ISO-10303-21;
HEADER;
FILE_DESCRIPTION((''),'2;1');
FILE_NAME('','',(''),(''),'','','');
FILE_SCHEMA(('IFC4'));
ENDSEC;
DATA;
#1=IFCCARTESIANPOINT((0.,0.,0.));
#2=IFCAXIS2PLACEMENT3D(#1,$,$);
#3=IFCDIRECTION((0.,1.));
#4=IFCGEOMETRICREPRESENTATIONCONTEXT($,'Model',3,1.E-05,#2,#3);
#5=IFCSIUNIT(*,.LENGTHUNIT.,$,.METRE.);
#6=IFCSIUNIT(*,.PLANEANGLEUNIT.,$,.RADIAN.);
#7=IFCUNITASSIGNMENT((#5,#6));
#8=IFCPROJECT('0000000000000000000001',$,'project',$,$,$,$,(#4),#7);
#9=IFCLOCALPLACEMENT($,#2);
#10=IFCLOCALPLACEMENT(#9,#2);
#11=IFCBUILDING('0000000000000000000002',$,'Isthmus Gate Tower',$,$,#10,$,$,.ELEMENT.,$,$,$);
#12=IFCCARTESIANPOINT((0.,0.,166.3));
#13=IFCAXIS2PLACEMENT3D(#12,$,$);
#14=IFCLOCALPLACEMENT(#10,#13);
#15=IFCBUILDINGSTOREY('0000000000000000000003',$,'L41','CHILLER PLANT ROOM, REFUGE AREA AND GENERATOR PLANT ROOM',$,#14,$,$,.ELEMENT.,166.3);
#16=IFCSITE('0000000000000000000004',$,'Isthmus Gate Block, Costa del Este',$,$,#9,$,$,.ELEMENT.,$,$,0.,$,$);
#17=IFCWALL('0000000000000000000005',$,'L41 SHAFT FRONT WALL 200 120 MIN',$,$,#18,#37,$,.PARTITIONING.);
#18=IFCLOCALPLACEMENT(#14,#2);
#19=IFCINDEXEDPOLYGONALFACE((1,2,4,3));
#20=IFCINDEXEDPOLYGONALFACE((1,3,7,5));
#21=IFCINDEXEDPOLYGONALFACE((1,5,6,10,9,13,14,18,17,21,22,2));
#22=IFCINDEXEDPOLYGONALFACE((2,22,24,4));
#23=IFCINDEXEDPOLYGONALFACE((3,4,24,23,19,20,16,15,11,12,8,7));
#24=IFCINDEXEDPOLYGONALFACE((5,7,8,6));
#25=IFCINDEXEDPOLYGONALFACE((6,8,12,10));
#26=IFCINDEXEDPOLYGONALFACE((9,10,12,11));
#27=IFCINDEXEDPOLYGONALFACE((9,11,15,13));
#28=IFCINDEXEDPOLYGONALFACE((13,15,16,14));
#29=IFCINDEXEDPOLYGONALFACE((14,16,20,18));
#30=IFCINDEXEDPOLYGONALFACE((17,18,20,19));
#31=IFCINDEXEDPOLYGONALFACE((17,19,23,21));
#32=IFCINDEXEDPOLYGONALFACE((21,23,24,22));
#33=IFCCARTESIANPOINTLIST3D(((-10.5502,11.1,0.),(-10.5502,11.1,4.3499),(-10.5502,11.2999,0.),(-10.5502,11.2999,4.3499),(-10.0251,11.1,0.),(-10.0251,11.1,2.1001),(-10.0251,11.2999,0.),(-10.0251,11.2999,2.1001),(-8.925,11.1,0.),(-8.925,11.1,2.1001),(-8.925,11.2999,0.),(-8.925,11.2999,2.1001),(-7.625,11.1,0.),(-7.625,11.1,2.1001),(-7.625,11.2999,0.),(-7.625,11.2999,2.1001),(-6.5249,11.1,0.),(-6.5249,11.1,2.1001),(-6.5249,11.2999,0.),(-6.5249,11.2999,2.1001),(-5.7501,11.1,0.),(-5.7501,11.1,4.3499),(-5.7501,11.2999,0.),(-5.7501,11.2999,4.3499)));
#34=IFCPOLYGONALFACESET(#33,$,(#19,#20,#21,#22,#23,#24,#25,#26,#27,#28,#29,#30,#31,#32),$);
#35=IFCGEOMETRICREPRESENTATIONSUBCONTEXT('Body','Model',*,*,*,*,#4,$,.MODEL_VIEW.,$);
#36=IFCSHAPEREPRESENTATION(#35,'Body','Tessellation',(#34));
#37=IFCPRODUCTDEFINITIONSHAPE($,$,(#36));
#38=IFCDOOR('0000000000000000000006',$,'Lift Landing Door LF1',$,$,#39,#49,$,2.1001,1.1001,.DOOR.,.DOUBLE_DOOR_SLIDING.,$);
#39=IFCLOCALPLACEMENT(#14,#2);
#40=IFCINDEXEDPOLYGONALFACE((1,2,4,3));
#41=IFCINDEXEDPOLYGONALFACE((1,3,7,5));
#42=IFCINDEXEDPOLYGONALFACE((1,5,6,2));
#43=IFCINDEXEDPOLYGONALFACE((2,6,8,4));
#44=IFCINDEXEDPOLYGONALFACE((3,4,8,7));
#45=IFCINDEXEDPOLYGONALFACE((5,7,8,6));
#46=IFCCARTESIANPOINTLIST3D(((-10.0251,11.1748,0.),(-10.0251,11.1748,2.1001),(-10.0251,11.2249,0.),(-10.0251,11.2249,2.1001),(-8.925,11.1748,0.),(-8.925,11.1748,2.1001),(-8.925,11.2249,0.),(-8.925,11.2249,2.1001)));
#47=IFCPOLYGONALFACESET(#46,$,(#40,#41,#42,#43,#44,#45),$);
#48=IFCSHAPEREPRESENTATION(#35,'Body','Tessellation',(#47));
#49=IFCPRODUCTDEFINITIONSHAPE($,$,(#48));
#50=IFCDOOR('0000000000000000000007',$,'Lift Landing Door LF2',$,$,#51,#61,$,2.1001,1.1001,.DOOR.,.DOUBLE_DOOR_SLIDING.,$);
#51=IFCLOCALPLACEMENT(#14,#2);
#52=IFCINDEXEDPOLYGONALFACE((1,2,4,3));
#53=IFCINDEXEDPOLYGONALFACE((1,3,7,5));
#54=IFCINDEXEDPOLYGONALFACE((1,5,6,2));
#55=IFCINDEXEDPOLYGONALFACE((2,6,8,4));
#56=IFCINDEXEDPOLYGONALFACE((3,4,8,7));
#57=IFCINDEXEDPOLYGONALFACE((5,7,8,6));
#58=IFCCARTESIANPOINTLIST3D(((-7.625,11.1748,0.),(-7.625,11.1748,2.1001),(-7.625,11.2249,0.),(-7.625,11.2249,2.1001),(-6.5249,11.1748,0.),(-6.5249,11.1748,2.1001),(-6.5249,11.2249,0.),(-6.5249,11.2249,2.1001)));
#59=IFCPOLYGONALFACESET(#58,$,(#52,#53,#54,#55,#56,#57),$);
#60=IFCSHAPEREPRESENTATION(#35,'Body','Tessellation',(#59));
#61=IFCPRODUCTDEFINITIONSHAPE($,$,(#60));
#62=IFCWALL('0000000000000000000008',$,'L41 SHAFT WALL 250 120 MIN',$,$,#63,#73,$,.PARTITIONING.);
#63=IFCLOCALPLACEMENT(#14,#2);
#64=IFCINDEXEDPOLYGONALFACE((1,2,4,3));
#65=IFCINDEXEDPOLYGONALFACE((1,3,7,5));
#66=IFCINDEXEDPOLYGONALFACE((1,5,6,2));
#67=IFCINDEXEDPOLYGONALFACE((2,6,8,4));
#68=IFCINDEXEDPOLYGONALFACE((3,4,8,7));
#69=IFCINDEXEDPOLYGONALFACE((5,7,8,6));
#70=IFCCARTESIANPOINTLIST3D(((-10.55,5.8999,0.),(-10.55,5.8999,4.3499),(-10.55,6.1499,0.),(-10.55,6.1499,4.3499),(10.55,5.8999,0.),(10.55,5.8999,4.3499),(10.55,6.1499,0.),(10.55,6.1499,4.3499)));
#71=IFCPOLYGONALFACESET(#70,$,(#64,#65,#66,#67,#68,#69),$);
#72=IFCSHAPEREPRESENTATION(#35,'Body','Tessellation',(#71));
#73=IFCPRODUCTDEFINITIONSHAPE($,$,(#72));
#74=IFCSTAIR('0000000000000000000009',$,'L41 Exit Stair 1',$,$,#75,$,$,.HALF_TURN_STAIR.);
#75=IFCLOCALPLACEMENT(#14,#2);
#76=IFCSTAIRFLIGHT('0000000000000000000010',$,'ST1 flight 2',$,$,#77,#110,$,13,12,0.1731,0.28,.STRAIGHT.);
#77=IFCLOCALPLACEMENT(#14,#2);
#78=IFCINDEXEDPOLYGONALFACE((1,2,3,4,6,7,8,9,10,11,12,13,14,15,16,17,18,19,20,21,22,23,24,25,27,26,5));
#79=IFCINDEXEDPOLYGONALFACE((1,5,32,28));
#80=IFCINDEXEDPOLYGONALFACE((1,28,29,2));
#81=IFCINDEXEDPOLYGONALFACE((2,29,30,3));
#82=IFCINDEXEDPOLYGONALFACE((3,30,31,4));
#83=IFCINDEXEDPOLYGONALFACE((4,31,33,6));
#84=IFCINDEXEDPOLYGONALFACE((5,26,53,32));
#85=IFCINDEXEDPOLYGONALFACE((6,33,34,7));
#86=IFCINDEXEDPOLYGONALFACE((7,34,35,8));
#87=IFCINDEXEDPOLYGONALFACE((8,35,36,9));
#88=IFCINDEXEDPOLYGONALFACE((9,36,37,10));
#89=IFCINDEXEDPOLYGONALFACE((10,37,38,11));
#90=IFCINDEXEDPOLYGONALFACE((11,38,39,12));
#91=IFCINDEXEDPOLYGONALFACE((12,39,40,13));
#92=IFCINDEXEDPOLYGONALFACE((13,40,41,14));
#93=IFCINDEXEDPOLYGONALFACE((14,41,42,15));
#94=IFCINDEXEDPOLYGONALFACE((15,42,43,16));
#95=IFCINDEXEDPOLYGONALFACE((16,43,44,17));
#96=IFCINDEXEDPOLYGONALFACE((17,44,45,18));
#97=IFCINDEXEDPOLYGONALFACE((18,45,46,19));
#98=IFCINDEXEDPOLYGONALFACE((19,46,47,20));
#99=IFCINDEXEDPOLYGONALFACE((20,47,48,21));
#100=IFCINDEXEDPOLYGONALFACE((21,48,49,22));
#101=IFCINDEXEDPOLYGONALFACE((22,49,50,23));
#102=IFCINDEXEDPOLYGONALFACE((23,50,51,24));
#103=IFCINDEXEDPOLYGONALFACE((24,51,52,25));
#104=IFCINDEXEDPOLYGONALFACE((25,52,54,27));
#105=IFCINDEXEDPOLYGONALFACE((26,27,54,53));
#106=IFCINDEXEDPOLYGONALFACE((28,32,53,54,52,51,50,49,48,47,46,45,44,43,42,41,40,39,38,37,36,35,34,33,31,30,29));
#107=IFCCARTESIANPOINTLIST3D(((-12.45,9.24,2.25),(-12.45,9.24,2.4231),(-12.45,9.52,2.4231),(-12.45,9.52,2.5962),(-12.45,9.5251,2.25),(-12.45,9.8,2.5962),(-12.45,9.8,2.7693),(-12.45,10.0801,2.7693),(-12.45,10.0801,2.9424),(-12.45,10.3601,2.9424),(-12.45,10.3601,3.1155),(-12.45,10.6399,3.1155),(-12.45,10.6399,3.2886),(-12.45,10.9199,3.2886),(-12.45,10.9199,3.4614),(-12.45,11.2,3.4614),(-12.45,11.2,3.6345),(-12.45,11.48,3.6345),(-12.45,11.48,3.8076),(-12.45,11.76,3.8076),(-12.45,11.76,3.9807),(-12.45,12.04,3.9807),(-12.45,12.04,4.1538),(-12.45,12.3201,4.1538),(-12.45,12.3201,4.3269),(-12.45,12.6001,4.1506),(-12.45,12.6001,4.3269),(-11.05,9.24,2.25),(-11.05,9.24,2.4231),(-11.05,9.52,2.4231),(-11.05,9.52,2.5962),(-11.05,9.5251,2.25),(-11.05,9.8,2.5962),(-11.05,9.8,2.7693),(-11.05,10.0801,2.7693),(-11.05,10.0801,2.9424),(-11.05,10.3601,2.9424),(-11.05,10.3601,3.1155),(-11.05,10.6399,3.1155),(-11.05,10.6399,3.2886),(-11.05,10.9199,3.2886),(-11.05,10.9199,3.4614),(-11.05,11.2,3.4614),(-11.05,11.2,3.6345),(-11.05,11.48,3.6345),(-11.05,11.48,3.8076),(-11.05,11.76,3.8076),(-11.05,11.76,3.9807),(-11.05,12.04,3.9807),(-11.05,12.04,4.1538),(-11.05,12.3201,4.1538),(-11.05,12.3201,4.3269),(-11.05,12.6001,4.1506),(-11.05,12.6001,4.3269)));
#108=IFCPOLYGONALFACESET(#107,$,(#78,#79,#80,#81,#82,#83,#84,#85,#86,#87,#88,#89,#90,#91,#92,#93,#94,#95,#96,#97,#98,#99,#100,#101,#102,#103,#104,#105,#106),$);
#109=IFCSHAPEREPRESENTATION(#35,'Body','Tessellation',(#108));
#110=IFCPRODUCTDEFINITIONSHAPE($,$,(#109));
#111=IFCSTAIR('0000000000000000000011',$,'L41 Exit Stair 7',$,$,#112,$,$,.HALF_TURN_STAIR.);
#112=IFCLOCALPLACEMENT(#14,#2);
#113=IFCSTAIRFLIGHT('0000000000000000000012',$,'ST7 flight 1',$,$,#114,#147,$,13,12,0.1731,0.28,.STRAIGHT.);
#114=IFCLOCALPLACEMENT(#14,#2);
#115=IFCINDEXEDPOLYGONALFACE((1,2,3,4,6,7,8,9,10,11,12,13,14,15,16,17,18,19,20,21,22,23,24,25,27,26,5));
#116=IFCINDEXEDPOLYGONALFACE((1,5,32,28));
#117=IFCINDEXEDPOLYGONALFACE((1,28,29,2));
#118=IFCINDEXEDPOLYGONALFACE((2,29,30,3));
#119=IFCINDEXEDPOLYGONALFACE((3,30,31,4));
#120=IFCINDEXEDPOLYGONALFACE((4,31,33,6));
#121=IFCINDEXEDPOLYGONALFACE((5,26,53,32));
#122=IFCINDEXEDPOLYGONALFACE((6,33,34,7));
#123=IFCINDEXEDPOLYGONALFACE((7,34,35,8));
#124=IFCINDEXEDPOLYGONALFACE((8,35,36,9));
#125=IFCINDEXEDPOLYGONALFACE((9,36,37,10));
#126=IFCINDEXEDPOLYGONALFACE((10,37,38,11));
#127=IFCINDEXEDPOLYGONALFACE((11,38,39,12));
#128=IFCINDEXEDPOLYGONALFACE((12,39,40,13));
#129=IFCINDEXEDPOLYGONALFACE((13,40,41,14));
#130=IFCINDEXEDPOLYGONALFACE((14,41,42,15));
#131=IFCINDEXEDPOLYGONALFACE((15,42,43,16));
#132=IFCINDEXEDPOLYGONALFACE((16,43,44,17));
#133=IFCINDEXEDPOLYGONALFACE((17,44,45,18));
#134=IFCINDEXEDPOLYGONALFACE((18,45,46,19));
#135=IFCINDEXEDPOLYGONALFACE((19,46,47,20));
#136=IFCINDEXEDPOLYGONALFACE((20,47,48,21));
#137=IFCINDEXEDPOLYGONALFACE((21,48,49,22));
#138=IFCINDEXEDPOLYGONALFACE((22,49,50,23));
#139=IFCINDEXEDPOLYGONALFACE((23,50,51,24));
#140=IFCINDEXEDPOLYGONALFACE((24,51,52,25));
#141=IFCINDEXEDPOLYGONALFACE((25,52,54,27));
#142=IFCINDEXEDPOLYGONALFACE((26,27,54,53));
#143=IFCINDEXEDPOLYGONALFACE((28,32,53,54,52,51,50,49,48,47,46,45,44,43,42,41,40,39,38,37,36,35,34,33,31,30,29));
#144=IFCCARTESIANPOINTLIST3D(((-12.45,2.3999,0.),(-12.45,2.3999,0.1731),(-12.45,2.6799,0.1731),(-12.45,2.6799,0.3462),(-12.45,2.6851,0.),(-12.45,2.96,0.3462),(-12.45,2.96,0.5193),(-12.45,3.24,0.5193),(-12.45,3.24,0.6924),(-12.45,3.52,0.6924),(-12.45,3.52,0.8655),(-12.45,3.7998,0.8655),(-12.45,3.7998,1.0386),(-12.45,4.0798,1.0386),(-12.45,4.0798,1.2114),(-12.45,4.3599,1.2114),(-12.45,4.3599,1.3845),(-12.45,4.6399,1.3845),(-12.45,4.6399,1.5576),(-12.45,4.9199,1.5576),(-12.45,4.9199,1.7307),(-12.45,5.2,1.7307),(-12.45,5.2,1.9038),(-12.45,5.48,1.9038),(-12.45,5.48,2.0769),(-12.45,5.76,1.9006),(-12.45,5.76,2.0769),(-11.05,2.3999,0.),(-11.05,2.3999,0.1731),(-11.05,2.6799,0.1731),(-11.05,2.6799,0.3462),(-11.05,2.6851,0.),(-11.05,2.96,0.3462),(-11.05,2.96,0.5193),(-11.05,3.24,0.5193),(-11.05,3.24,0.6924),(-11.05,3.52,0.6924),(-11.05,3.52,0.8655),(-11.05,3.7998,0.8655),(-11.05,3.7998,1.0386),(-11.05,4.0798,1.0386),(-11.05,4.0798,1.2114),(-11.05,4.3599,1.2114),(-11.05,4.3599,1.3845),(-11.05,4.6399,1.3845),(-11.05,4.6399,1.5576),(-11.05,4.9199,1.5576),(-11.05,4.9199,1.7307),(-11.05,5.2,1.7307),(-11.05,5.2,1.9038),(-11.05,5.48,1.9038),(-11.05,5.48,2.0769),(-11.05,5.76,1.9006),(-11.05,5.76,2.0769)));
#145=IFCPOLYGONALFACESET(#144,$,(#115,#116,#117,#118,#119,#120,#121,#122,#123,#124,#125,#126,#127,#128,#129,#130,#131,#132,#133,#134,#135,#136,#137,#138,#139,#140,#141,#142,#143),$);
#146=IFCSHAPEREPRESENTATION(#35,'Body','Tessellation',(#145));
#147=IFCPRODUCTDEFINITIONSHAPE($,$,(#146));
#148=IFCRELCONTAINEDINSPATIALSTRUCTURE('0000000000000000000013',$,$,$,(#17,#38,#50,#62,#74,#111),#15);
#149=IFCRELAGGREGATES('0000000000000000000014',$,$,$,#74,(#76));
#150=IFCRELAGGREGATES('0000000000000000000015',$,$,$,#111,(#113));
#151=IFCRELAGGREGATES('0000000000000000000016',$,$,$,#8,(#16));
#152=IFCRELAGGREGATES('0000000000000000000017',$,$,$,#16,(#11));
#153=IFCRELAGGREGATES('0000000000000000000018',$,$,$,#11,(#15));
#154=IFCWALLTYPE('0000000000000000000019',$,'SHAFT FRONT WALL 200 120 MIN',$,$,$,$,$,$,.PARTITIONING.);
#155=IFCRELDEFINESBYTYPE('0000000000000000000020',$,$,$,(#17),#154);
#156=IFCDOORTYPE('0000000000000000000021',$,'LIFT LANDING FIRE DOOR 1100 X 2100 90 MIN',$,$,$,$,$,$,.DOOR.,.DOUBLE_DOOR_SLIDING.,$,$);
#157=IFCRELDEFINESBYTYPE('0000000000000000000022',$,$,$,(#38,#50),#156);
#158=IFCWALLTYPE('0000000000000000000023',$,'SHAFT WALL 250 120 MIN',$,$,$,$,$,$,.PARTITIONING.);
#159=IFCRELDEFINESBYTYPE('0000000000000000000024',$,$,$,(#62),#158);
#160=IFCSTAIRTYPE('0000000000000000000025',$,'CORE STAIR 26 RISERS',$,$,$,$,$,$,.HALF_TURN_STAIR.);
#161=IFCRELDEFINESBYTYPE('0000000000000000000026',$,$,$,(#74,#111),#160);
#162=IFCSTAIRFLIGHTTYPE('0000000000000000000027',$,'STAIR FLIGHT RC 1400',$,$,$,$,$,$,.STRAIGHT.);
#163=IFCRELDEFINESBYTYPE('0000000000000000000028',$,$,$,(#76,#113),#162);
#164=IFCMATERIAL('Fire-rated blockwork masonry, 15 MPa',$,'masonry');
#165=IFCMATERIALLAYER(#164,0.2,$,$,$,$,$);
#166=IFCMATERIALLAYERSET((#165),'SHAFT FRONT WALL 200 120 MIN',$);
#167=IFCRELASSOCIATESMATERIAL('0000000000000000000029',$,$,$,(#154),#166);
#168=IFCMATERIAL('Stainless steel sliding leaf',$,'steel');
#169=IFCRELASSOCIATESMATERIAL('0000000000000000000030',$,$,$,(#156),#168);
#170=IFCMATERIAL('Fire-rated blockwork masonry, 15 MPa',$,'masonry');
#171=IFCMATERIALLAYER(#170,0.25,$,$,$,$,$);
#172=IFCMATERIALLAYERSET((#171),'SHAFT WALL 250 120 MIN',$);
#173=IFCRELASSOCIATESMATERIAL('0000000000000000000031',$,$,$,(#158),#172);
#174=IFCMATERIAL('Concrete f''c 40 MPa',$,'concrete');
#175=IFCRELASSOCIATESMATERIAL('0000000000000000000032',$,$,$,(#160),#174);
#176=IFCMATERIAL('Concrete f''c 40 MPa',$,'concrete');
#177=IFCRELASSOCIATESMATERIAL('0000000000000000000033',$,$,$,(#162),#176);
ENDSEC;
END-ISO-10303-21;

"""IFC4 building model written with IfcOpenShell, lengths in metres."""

from ifc_helpers import new_model, si_unit, direction, frame, frame_2d, origin, place, context, subcontext, project, spatial, polyline, rectangle, outline, extrude, material, layer, layer_set, type_object, element, fill, aggregate, save


model = new_model("IFC4")

# Units and contexts
model_context = context("Model", 3, precision=1e-05, world=origin(), true_north=direction((0.0, 1.0)))
body_context = subcontext(model_context, "Body", "Model", "MODEL_VIEW")
ifc_project = project(units=[si_unit("LENGTHUNIT", "METRE"), si_unit("PLANEANGLEUNIT", "RADIAN")], contexts=[model_context])

# Site, building, storey
site_placement = place(None, origin())
site = spatial("IfcSite", under=ifc_project, at=site_placement, Name="Isthmus Gate Block, Costa del Este", CompositionType="ELEMENT", RefElevation=0.0)
building_placement = place(site_placement, origin())
building = spatial("IfcBuilding", under=site, at=building_placement, Name="Isthmus Gate Tower", CompositionType="ELEMENT")
storey_placement = place(building_placement, frame((0.0, 0.0, 166.3)))
storey = spatial("IfcBuildingStorey", under=building, at=storey_placement, Name="L41", Description="CHILLER PLANT ROOM, REFUGE AREA AND GENERATOR PLANT ROOM", CompositionType="ELEMENT", Elevation=166.3)

# Shared definitions
ifc_material_1 = material(Name="Fire-rated blockwork masonry, 15 MPa", Category="masonry")
ifc_layer_1 = layer(ifc_material_1, 0.2)
ifc_layer_set_1 = layer_set([ifc_layer_1], Name="SHAFT FRONT WALL 200 120 MIN")
wall_type_1 = type_object("IfcWallType", Name="SHAFT FRONT WALL 200 120 MIN", PredefinedType="PARTITIONING", material=ifc_layer_set_1)

# Wall, openings, doors
wall_1_placement = place(storey_placement, frame((-10.55, 11.2, 0.0), z_axis=(0.0, 0.0, 1.0), x_axis=(1.0, 0.0, 0.0)))
wall_1 = element("IfcWall", 1, at=wall_1_placement, inside=storey, type_object=wall_type_1, Name="L41 SHAFT FRONT WALL 200 120 MIN", PredefinedType="PARTITIONING", context=body_context, shape_type="SweptSolid", body=[
    extrude(rectangle(XDim=4.8, YDim=0.2, at=frame_2d((2.3999, 0.0))), origin(), (0.0, 0.0, 1.0), 4.3499),
])
opening_1_placement = place(wall_1_placement, frame((0.5249, 0.0, 0.0)))
opening_1 = element("IfcOpeningElement", 2, at=opening_1_placement, cuts=wall_1, PredefinedType="OPENING", context=body_context, shape_type="SweptSolid", body=[
    extrude(rectangle(XDim=1.1001, YDim=2.1001, at=frame_2d((0.55, 1.05))), frame((0.0, 0.1099, 0.0), z_axis=(0.0, -1.0, 0.0), x_axis=(1.0, 0.0, 0.0)), (0.0, 0.0, 1.0), 0.22),
])
opening_2_placement = place(wall_1_placement, frame((2.925, 0.0, 0.0)))
opening_2 = element("IfcOpeningElement", 3, at=opening_2_placement, cuts=wall_1, PredefinedType="OPENING", context=body_context, shape_type="SweptSolid", body=[
    extrude(rectangle(XDim=1.1001, YDim=2.1001, at=frame_2d((0.55, 1.05))), frame((0.0, 0.1099, 0.0), z_axis=(0.0, -1.0, 0.0), x_axis=(1.0, 0.0, 0.0)), (0.0, 0.0, 1.0), 0.22),
])
ifc_material_2 = material(Name="Stainless steel sliding leaf", Category="steel")
door_type_1 = type_object("IfcDoorType", Name="LIFT LANDING FIRE DOOR 1100 X 2100 90 MIN", OperationType="DOUBLE_DOOR_SLIDING", PredefinedType="DOOR", material=ifc_material_2)
door_1_placement = place(opening_1_placement, origin())
door_1 = element("IfcDoor", 4, at=door_1_placement, inside=storey, type_object=door_type_1, Name="Lift Landing Door LF1", OperationType="DOUBLE_DOOR_SLIDING", OverallHeight=2.1001, OverallWidth=1.1001, PredefinedType="DOOR", context=body_context, shape_type="SweptSolid", body=[
    extrude(rectangle(XDim=1.1001, YDim=2.1001, at=frame_2d((0.55, 1.05))), frame((0.0, 0.0249, 0.0), z_axis=(0.0, -1.0, 0.0), x_axis=(1.0, 0.0, 0.0)), (0.0, 0.0, 1.0), 0.05),
])
fill(opening_1, door_1)
door_2_placement = place(opening_2_placement, origin())
door_2 = element("IfcDoor", 5, at=door_2_placement, inside=storey, type_object=door_type_1, Name="Lift Landing Door LF2", OperationType="DOUBLE_DOOR_SLIDING", OverallHeight=2.1001, OverallWidth=1.1001, PredefinedType="DOOR", context=body_context, shape_type="SweptSolid", body=[
    extrude(rectangle(XDim=1.1001, YDim=2.1001, at=frame_2d((0.55, 1.05))), frame((0.0, 0.0249, 0.0), z_axis=(0.0, -1.0, 0.0), x_axis=(1.0, 0.0, 0.0)), (0.0, 0.0, 1.0), 0.05),
])
fill(opening_2, door_2)

# Wall
ifc_material_3 = material(Name="Fire-rated blockwork masonry, 15 MPa", Category="masonry")
ifc_layer_2 = layer(ifc_material_3, 0.25)
ifc_layer_set_2 = layer_set([ifc_layer_2], Name="SHAFT WALL 250 120 MIN")
wall_type_2 = type_object("IfcWallType", Name="SHAFT WALL 250 120 MIN", PredefinedType="PARTITIONING", material=ifc_layer_set_2)
wall_2_placement = place(storey_placement, frame((-10.55, 6.0249, 0.0), z_axis=(0.0, 0.0, 1.0), x_axis=(1.0, 0.0, 0.0)))
element("IfcWall", 6, at=wall_2_placement, inside=storey, type_object=wall_type_2, Name="L41 SHAFT WALL 250 120 MIN", PredefinedType="PARTITIONING", context=body_context, shape_type="SweptSolid", body=[
    extrude(rectangle(XDim=21.1001, YDim=0.25, at=frame_2d((10.55, 0.0))), origin(), (0.0, 0.0, 1.0), 4.3499),
])

# Stairs, stair flights
ifc_material_4 = material(Name="Concrete f'c 40 MPa", Category="concrete")
stair_type = type_object("IfcStairType", Name="CORE STAIR 26 RISERS", PredefinedType="HALF_TURN_STAIR", material=ifc_material_4)
stair_1_placement = place(storey_placement, origin())
stair_1 = element("IfcStair", 7, at=stair_1_placement, inside=storey, type_object=stair_type, Name="L41 Exit Stair 1", PredefinedType="HALF_TURN_STAIR")
ifc_material_5 = material(Name="Concrete f'c 40 MPa", Category="concrete")
stair_flight_type = type_object("IfcStairFlightType", Name="STAIR FLIGHT RC 1400", PredefinedType="STRAIGHT", material=ifc_material_5)
stair_flight_1_placement = place(storey_placement, frame((-11.75, 9.24, 2.25), z_axis=(0.0, 0.0, 1.0), x_axis=(0.0, 1.0, 0.0)))
stair_flight_1 = element("IfcStairFlight", 8, at=stair_flight_1_placement, type_object=stair_flight_type, Name="ST1 flight 2", NumberOfRisers=13, NumberOfTreads=12, PredefinedType="STRAIGHT", RiserHeight=0.1731, TreadLength=0.28, context=body_context, shape_type="SweptSolid", body=[
    extrude(outline(polyline([(0.0, 0.0), (0.0, 0.1731), (0.28, 0.1731), (0.28, 0.3462), (0.5601, 0.3462), (0.5601, 0.5193), (0.8401, 0.5193), (0.8401, 0.6924), (1.1201, 0.6924), (1.1201, 0.8655), (1.3999, 0.8655), (1.3999, 1.0386), (1.6799, 1.0386), (1.6799, 1.2114), (1.96, 1.2114), (1.96, 1.3845), (2.24, 1.3845), (2.24, 1.5576), (2.52, 1.5576), (2.52, 1.7307), (2.8, 1.7307), (2.8, 1.9038), (3.0801, 1.9038), (3.0801, 2.0769), (3.3601, 2.0769), (3.3601, 2.25), (3.3601, 1.9006), (0.2852, 0.0), (0.0, 0.0)])), frame((0.0, 0.7, 0.0), z_axis=(0.0, -1.0, 0.0), x_axis=(1.0, 0.0, 0.0)), (0.0, 0.0, 1.0), 1.3999),
])
aggregate(stair_1, [stair_flight_1])
stair_2_placement = place(storey_placement, origin())
stair_2 = element("IfcStair", 9, at=stair_2_placement, inside=storey, type_object=stair_type, Name="L41 Exit Stair 7", PredefinedType="HALF_TURN_STAIR")
stair_flight_2_placement = place(storey_placement, frame((-11.75, 2.3999, 0.0), z_axis=(0.0, 0.0, 1.0), x_axis=(0.0, 1.0, 0.0)))
stair_flight_2 = element("IfcStairFlight", 10, at=stair_flight_2_placement, type_object=stair_flight_type, Name="ST7 flight 1", NumberOfRisers=13, NumberOfTreads=12, PredefinedType="STRAIGHT", RiserHeight=0.1731, TreadLength=0.28, context=body_context, shape_type="SweptSolid", body=[
    extrude(outline(polyline([(0.0, 0.0), (0.0, 0.1731), (0.28, 0.1731), (0.28, 0.3462), (0.5601, 0.3462), (0.5601, 0.5193), (0.8401, 0.5193), (0.8401, 0.6924), (1.1201, 0.6924), (1.1201, 0.8655), (1.3999, 0.8655), (1.3999, 1.0386), (1.6799, 1.0386), (1.6799, 1.2114), (1.96, 1.2114), (1.96, 1.3845), (2.24, 1.3845), (2.24, 1.5576), (2.52, 1.5576), (2.52, 1.7307), (2.8, 1.7307), (2.8, 1.9038), (3.0801, 1.9038), (3.0801, 2.0769), (3.3601, 2.0769), (3.3601, 2.25), (3.3601, 1.9006), (0.2852, 0.0), (0.0, 0.0)])), frame((0.0, 0.7, 0.0), z_axis=(0.0, -1.0, 0.0), x_axis=(1.0, 0.0, 0.0)), (0.0, 0.0, 1.0), 1.3999),
])
aggregate(stair_2, [stair_flight_2])

save(model, "model.ifc")
